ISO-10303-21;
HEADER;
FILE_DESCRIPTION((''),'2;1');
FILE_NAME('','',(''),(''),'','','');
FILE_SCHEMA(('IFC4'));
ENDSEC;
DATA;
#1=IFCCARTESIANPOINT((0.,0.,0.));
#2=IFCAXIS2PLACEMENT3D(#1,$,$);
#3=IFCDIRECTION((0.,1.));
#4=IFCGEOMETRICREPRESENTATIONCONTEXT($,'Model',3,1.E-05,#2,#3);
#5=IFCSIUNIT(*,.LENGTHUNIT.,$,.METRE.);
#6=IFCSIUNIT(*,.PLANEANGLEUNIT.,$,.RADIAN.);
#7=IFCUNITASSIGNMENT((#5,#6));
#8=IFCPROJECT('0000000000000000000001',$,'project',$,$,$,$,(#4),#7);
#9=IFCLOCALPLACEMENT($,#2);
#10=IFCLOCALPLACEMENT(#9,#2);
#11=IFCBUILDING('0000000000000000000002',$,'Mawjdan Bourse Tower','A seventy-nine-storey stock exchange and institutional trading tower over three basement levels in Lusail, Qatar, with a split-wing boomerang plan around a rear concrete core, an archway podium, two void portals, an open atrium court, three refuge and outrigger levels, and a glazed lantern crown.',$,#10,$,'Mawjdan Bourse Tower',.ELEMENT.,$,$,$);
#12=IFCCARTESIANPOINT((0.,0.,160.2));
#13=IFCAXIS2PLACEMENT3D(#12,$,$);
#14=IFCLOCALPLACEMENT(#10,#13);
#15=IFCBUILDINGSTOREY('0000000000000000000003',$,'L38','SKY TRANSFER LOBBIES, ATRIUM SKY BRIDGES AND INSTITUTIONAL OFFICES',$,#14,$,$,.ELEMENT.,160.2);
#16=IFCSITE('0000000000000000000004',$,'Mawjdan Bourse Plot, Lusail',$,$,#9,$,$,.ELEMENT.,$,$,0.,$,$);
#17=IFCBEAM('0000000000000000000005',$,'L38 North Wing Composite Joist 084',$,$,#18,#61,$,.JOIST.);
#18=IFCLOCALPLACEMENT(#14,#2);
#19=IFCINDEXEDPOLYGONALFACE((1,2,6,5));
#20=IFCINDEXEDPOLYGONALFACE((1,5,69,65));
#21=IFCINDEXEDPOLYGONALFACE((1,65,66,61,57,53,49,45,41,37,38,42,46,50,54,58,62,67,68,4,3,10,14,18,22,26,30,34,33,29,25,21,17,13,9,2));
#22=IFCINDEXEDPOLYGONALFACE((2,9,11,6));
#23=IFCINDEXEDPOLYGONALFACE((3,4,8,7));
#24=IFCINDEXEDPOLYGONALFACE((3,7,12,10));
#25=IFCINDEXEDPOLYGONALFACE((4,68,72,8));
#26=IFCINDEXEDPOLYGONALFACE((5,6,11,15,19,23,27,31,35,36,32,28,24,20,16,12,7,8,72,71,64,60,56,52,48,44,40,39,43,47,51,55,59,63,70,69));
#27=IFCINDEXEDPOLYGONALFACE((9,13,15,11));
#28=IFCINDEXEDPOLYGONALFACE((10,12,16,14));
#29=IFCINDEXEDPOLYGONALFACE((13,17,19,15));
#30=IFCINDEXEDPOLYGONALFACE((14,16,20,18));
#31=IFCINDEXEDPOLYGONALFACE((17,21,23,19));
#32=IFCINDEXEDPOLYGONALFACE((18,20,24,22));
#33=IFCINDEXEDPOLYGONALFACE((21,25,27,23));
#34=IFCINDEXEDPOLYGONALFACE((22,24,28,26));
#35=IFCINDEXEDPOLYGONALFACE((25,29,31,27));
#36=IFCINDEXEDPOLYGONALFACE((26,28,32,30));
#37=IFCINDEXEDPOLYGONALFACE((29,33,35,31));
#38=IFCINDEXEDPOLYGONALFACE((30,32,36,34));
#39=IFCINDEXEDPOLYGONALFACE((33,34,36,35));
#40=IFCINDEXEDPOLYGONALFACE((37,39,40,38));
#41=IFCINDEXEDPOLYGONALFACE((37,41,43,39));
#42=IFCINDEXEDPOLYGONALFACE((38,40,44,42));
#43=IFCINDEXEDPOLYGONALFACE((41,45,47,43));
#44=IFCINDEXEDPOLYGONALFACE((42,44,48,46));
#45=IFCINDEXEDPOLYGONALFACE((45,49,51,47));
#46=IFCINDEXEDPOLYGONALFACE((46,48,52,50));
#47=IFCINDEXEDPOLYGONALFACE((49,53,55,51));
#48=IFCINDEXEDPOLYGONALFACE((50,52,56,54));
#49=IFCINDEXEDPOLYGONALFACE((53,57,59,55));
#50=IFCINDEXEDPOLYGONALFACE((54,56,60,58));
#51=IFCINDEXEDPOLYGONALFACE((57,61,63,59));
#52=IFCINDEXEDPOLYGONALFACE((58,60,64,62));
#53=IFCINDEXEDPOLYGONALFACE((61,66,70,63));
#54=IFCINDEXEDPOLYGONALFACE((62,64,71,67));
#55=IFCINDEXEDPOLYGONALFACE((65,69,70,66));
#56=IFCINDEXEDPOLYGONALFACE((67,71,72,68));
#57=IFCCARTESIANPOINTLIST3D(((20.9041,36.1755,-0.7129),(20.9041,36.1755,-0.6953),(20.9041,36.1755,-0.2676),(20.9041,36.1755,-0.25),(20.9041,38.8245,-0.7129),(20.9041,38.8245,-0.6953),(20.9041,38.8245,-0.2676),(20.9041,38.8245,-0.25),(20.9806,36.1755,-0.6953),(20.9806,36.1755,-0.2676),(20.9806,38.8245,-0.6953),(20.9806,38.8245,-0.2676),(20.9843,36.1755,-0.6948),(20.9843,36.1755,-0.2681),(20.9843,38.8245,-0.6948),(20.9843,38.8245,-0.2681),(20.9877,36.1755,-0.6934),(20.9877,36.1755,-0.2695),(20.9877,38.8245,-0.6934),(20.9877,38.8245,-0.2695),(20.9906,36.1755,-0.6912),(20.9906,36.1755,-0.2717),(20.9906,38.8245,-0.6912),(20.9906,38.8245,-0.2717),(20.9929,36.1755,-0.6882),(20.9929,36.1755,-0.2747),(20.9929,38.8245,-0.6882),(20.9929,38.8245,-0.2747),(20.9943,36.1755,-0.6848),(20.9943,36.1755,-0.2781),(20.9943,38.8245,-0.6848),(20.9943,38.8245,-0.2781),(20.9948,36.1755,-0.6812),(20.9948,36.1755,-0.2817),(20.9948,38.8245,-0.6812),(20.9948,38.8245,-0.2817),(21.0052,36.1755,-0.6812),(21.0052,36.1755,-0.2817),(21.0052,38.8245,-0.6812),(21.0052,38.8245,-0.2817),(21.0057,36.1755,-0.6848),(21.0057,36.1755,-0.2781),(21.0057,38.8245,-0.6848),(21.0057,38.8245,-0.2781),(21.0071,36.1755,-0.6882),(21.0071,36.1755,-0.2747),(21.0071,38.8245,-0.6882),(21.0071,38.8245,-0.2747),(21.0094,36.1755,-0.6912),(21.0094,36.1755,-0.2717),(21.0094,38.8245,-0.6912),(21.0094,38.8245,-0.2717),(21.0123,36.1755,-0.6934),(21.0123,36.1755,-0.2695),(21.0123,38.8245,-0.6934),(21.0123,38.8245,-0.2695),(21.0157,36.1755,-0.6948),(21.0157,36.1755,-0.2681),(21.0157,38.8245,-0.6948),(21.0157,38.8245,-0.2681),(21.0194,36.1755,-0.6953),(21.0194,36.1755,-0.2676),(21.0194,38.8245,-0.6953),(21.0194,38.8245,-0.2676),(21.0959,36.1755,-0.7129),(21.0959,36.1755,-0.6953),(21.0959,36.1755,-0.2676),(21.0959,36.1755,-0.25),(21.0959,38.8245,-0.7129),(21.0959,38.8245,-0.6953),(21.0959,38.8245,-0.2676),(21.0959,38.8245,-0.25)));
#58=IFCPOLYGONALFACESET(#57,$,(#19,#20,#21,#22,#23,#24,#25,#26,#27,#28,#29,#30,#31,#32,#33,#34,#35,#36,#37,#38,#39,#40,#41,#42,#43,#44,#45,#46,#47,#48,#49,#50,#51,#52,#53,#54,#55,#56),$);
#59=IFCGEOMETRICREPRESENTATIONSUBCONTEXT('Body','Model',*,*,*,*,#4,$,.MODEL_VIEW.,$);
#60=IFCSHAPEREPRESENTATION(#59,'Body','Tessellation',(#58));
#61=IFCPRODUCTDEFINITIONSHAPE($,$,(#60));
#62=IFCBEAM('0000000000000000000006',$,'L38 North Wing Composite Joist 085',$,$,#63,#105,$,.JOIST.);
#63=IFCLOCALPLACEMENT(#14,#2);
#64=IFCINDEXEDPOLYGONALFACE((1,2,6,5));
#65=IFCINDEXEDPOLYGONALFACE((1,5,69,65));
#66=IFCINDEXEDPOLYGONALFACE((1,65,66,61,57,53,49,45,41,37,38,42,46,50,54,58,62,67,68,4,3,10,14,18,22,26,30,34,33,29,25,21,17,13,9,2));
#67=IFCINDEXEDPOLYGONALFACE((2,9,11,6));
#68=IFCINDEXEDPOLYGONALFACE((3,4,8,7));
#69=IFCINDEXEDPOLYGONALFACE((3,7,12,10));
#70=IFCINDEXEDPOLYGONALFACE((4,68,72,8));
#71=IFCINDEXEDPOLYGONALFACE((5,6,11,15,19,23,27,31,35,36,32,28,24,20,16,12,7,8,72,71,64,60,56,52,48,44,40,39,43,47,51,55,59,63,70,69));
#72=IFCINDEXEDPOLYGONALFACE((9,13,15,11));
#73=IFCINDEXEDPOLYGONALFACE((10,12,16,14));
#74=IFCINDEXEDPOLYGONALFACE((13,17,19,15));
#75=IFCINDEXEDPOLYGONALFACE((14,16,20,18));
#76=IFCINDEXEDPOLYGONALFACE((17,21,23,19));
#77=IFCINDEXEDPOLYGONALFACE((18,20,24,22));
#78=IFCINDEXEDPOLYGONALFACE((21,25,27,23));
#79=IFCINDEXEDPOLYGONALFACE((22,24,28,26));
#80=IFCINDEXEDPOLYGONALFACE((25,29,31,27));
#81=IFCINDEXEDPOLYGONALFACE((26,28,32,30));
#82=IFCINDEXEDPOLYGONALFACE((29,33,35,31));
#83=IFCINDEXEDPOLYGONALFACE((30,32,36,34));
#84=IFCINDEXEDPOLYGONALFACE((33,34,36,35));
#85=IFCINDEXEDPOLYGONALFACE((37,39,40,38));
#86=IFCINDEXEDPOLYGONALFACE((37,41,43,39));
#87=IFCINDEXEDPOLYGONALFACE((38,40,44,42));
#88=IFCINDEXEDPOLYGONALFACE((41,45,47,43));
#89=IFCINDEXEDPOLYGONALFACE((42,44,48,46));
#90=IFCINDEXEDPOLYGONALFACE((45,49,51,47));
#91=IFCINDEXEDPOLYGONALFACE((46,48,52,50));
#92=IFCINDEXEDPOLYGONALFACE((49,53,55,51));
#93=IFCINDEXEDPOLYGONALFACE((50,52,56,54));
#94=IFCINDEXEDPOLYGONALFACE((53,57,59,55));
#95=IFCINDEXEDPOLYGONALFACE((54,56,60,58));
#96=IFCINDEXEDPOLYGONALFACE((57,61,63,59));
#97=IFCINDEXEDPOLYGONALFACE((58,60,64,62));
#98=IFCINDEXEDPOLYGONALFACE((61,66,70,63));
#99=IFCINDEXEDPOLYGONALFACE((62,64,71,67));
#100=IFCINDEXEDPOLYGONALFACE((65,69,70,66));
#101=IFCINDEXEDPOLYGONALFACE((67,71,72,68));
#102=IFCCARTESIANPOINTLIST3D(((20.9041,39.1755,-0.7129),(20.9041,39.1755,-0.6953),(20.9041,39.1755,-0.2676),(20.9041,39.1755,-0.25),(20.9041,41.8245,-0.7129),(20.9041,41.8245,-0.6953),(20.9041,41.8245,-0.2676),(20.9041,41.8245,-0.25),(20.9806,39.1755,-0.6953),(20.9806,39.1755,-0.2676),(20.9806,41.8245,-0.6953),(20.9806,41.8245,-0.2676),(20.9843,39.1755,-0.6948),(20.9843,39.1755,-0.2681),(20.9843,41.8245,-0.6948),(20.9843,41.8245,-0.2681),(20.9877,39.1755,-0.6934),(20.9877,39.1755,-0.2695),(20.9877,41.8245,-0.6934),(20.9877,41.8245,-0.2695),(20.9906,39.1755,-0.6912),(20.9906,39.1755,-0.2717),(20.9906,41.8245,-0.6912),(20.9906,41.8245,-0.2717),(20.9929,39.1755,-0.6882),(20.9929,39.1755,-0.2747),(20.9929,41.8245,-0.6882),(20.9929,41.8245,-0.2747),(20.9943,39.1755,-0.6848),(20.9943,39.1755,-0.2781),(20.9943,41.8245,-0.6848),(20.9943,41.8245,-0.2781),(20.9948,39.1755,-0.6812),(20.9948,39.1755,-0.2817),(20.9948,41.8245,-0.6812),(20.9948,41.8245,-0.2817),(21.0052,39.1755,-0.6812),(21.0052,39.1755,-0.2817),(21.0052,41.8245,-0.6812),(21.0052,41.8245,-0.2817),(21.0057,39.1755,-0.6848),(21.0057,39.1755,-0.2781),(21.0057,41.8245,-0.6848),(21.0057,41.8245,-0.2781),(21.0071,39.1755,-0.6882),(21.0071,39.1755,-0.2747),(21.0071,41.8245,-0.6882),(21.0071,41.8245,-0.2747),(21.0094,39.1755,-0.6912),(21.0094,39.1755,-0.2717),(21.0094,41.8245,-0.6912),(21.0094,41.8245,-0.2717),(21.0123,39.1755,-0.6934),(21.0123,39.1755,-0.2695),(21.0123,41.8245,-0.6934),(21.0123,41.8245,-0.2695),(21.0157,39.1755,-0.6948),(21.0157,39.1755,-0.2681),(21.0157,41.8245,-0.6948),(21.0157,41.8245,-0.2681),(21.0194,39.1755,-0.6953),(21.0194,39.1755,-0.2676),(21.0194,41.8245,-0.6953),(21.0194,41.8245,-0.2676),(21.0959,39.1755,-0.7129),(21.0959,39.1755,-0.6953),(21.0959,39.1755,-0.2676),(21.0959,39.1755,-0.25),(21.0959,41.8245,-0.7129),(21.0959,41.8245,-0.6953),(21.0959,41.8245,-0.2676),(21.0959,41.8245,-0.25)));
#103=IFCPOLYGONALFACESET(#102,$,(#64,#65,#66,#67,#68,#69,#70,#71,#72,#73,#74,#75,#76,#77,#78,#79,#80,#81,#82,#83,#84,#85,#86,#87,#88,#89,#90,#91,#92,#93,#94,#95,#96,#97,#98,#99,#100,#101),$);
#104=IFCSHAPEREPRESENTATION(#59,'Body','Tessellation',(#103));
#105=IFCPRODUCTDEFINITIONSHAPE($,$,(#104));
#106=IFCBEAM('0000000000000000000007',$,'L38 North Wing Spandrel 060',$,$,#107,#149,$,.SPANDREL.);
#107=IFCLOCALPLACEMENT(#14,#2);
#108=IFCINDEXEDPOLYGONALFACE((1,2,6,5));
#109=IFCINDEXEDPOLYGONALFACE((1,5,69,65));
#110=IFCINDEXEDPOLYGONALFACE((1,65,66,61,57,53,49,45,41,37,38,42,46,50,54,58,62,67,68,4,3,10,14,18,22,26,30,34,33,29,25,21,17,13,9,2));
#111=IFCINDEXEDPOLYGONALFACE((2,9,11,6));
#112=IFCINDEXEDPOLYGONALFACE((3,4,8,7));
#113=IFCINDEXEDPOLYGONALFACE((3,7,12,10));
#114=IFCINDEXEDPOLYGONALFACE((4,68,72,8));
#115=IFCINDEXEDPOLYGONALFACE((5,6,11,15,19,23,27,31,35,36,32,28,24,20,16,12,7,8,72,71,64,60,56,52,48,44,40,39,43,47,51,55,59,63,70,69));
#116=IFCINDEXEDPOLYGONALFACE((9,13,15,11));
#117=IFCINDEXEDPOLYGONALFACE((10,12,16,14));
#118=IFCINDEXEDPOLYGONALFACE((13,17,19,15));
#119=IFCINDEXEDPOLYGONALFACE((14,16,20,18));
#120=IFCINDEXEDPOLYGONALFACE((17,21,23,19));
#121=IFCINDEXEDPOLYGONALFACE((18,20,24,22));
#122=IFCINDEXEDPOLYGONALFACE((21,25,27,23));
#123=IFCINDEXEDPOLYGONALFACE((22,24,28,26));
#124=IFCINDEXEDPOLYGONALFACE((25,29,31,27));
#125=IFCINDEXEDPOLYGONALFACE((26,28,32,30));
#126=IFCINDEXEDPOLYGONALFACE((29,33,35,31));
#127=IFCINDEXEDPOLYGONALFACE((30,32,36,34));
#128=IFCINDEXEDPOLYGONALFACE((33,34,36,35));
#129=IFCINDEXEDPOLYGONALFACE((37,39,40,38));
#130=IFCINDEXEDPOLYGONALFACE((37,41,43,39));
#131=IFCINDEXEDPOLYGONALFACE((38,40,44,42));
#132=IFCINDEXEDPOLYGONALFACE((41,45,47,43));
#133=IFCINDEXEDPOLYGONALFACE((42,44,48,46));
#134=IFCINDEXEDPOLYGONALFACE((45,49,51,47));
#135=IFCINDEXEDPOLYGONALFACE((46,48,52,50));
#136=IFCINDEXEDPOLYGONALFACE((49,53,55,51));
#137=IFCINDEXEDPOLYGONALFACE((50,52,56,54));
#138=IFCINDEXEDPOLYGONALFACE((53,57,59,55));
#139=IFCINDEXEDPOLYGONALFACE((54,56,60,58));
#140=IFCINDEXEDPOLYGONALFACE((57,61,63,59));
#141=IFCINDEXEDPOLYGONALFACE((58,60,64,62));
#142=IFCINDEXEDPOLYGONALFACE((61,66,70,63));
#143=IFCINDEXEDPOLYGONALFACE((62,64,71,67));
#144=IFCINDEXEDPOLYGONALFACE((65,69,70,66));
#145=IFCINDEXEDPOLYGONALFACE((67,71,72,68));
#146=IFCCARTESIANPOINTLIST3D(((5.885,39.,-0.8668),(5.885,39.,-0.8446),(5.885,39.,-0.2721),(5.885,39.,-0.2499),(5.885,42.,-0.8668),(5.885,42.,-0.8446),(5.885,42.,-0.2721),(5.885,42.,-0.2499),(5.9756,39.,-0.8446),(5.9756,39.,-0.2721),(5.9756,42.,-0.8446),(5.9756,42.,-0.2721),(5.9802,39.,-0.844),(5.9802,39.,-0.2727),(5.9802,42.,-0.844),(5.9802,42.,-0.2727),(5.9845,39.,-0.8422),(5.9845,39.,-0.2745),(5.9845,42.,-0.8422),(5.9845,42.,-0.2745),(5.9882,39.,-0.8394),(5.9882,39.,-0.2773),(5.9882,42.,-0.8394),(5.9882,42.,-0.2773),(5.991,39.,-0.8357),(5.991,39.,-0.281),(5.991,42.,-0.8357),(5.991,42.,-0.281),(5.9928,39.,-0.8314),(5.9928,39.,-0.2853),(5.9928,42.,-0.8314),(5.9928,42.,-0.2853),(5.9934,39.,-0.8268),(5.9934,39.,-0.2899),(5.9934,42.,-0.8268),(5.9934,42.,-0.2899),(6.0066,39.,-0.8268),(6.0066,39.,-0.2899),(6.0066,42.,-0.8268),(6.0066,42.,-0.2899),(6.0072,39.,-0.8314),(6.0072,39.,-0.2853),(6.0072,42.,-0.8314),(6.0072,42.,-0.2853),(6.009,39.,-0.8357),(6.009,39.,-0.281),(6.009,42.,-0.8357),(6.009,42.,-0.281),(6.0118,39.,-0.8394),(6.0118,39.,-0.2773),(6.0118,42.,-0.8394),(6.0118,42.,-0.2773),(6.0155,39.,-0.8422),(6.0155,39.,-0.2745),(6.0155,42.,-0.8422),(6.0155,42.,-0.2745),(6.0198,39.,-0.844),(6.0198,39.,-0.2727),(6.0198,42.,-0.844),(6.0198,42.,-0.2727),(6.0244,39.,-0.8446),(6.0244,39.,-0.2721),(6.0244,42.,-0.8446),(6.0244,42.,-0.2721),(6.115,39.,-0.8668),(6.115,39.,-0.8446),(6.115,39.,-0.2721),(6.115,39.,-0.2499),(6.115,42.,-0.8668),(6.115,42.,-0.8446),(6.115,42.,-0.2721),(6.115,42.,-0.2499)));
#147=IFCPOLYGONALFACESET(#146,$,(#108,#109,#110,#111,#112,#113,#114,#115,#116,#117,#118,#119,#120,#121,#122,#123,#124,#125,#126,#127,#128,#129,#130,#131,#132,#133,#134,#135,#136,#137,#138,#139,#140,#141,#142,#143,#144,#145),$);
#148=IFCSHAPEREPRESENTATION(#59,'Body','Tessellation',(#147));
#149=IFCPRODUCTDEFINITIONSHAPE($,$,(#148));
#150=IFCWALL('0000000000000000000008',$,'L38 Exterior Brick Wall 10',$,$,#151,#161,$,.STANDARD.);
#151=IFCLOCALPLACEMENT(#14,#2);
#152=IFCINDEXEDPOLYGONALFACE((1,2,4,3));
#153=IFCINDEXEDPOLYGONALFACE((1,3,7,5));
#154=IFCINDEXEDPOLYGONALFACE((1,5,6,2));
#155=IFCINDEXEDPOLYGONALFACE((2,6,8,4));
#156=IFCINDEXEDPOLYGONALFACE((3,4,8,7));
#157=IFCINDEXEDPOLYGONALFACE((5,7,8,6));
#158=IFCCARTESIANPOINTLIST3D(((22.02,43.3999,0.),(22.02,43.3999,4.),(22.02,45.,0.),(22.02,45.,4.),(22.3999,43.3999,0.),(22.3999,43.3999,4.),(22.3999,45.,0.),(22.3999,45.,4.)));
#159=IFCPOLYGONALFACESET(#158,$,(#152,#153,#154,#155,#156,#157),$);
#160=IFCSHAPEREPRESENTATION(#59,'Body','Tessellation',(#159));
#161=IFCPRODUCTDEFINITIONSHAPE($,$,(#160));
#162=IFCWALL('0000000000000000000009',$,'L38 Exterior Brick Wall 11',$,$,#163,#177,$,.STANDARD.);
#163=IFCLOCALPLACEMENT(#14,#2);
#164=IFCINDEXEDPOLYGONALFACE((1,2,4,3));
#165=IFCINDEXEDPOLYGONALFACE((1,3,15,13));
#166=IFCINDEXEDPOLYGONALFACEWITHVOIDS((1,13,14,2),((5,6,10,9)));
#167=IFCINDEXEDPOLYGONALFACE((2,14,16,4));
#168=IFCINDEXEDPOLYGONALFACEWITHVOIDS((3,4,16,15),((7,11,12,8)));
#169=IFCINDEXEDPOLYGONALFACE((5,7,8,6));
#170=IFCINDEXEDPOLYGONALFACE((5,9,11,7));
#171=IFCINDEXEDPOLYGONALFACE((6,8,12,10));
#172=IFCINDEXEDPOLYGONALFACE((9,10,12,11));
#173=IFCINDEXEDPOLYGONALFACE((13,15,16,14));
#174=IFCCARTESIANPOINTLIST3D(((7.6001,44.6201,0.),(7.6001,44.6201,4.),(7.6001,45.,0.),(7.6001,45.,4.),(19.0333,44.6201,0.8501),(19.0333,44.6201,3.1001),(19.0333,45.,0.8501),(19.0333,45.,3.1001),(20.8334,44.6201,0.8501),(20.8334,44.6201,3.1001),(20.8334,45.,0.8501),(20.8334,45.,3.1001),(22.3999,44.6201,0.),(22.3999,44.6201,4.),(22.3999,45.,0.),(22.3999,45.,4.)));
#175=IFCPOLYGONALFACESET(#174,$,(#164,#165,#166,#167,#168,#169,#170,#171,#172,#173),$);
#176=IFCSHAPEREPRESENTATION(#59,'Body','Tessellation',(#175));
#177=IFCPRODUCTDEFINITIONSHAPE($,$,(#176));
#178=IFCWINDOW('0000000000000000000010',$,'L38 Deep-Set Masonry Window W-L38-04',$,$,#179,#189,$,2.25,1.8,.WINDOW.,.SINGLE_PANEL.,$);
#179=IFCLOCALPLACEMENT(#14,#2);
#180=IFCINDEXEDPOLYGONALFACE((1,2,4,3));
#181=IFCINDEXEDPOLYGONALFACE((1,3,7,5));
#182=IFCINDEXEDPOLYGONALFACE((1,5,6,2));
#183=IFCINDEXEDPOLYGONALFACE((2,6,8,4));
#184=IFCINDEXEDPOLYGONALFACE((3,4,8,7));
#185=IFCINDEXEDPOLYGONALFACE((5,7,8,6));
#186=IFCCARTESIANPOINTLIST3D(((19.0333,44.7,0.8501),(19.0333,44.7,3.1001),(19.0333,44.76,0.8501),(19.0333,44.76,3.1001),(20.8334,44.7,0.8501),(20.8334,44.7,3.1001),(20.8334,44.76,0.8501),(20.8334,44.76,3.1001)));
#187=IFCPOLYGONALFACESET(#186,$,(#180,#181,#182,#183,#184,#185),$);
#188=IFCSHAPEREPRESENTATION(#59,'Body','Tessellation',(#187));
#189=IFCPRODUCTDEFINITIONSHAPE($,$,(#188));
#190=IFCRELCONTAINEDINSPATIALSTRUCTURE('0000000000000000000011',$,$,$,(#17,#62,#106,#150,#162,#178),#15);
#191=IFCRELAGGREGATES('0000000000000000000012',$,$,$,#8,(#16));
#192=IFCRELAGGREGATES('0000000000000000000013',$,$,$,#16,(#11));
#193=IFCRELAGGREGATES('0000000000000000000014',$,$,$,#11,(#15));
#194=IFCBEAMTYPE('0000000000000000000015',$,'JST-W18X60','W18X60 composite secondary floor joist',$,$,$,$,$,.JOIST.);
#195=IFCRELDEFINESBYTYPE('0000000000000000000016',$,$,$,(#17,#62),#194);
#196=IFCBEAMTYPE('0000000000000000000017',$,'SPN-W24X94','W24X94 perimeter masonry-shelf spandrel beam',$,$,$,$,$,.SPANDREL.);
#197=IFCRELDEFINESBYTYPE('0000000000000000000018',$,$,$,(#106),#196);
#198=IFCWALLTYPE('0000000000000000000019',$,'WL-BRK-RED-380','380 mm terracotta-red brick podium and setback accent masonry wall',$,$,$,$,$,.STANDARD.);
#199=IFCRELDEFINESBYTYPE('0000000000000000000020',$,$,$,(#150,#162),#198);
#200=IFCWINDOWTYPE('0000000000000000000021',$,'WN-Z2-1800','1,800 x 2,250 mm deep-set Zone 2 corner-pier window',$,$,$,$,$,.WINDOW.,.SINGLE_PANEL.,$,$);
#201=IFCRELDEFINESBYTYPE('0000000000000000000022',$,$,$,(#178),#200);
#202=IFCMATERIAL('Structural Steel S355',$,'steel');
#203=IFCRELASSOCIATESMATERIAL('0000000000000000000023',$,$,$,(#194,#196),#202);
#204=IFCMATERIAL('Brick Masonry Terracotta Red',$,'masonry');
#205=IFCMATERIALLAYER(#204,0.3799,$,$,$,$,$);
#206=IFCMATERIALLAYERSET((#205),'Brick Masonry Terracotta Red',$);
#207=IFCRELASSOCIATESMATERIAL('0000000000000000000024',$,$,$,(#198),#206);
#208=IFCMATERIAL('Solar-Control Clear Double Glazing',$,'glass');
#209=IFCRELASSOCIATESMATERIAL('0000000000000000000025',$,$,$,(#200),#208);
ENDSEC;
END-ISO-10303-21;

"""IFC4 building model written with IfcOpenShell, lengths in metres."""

from ifc_helpers import new_model, si_unit, direction, frame, frame_2d, origin, origin_2d, place, context, subcontext, project, spatial, rectangle, i_section, extrude, material, layer, layer_set, material_profile, profile_set, type_object, element, fill, save


model = new_model("IFC4")

# Units and contexts
model_context = context("Model", 3, precision=1e-05, world=origin(), true_north=direction((0.0, 1.0)))
body_context = subcontext(model_context, "Body", "Model", "MODEL_VIEW")
ifc_project = project(units=[si_unit("LENGTHUNIT", "METRE"), si_unit("PLANEANGLEUNIT", "RADIAN")], contexts=[model_context])

# Site, building, storey
site_placement = place(None, origin())
site = spatial("IfcSite", under=ifc_project, at=site_placement, Name="Mawjdan Bourse Plot, Lusail", CompositionType="ELEMENT", RefElevation=0.0)
building_placement = place(site_placement, origin())
building = spatial("IfcBuilding", under=site, at=building_placement, Name="Mawjdan Bourse Tower", Description="A seventy-nine-storey stock exchange and institutional trading tower over three basement levels in Lusail, Qatar, with a split-wing boomerang plan around a rear concrete core, an archway podium, two void portals, an open atrium court, three refuge and outrigger levels, and a glazed lantern crown.", LongName="Mawjdan Bourse Tower", CompositionType="ELEMENT")
storey_placement = place(building_placement, frame((0.0, 0.0, 160.2)))
storey = spatial("IfcBuildingStorey", under=building, at=storey_placement, Name="L38", Description="SKY TRANSFER LOBBIES, ATRIUM SKY BRIDGES AND INSTITUTIONAL OFFICES", CompositionType="ELEMENT", Elevation=160.2)

# Beams
ifc_material_1 = material(Name="Structural Steel S355", Category="steel")
ifc_material_profile_1 = material_profile(ifc_material_1, i_section(OverallWidth=0.1919, OverallDepth=0.4629, WebThickness=0.0105, FlangeThickness=0.0176, FilletRadius=0.0142, at=origin_2d()), Name="W18X60")
ifc_profile_set_1 = profile_set([ifc_material_profile_1], Name="Structural Steel S355")
beam_type_1 = type_object("IfcBeamType", Name="JST-W18X60", Description="W18X60 composite secondary floor joist", PredefinedType="JOIST", material=ifc_profile_set_1)
for number, where, z_axis, x_axis, name in (
    (1, (21.0, 36.1755, -0.4814), (0.0, 1.0, 0.0), (-1.0, 0.0, 0.0), "L38 North Wing Composite Joist 084"),
    (2, (21.0, 39.1755, -0.4814), (0.0, 1.0, 0.0), (-1.0, 0.0, 0.0), "L38 North Wing Composite Joist 085"),
):
    element("IfcBeam", number, at=place(storey_placement, frame(where, z_axis=z_axis, x_axis=x_axis)), inside=storey, type_object=beam_type_1, Name=name, PredefinedType="JOIST", context=body_context, shape_type="SweptSolid", body=[
        extrude(i_section(OverallWidth=0.1919, OverallDepth=0.4629, WebThickness=0.0105, FlangeThickness=0.0176, FilletRadius=0.0142, at=origin_2d()), origin(), (0.0, 0.0, 1.0), 2.6489),
    ])
ifc_material_profile_2 = material_profile(ifc_material_1, i_section(OverallWidth=0.23, OverallDepth=0.6169, WebThickness=0.0132, FlangeThickness=0.0222, FilletRadius=0.0178, at=origin_2d()), Name="W24X94")
ifc_profile_set_2 = profile_set([ifc_material_profile_2], Name="Structural Steel S355")
beam_type_2 = type_object("IfcBeamType", Name="SPN-W24X94", Description="W24X94 perimeter masonry-shelf spandrel beam", PredefinedType="SPANDREL", material=ifc_profile_set_2)
beam_placement = place(storey_placement, frame((6.0, 39.0, -0.5583), z_axis=(0.0, 1.0, 0.0), x_axis=(-1.0, 0.0, 0.0)))
element("IfcBeam", 3, at=beam_placement, inside=storey, type_object=beam_type_2, Name="L38 North Wing Spandrel 060", PredefinedType="SPANDREL", context=body_context, shape_type="SweptSolid", body=[
    extrude(i_section(OverallWidth=0.23, OverallDepth=0.6169, WebThickness=0.0132, FlangeThickness=0.0222, FilletRadius=0.0178, at=origin_2d()), origin(), (0.0, 0.0, 1.0), 3.0),
])

# Wall
ifc_material_2 = material(Name="Brick Masonry Terracotta Red", Category="masonry")
ifc_layer_1 = layer(ifc_material_2, 0.3799)
ifc_layer_set_1 = layer_set([ifc_layer_1], Name="Brick Masonry Terracotta Red")
wall_type_1 = type_object("IfcWallType", Name="WL-BRK-RED-380", Description="380 mm terracotta-red brick podium and setback accent masonry wall", PredefinedType="STANDARD", material=ifc_layer_set_1)
wall_1_placement = place(storey_placement, frame((22.21, 43.3999, 0.0), z_axis=(0.0, 0.0, 1.0), x_axis=(0.0, 1.0, 0.0)))
element("IfcWall", 4, at=wall_1_placement, inside=storey, type_object=wall_type_1, Name="L38 Exterior Brick Wall 10", PredefinedType="STANDARD", context=body_context, shape_type="SweptSolid", body=[
    extrude(rectangle(XDim=1.6001, YDim=0.3799, at=frame_2d((0.8, 0.0))), origin(), (0.0, 0.0, 1.0), 4.0),
])

# Wall, opening, window
wall_2_placement = place(storey_placement, frame((22.3999, 44.8101, 0.0), z_axis=(0.0, 0.0, 1.0), x_axis=(-1.0, 0.0, 0.0)))
wall_2 = element("IfcWall", 5, at=wall_2_placement, inside=storey, type_object=wall_type_1, Name="L38 Exterior Brick Wall 11", PredefinedType="STANDARD", context=body_context, shape_type="SweptSolid", body=[
    extrude(rectangle(XDim=14.7998, YDim=0.3799, at=frame_2d((7.3999, 0.0))), origin(), (0.0, 0.0, 1.0), 4.0),
])
opening_1_placement = place(wall_2_placement, frame((1.5667, 0.0, 0.8501)))
opening_1 = element("IfcOpeningElement", 6, at=opening_1_placement, cuts=wall_2, PredefinedType="OPENING", context=body_context, shape_type="SweptSolid", body=[
    extrude(rectangle(XDim=1.8, YDim=2.25, at=frame_2d((0.8999, 1.125))), frame((0.0, 0.2, 0.0), z_axis=(0.0, -1.0, 0.0), x_axis=(1.0, 0.0, 0.0)), (0.0, 0.0, 1.0), 0.3999),
])
ifc_material_3 = material(Name="Solar-Control Clear Double Glazing", Category="glass")
window_type_1 = type_object("IfcWindowType", Name="WN-Z2-1800", Description="1,800 x 2,250 mm deep-set Zone 2 corner-pier window", PartitioningType="SINGLE_PANEL", PredefinedType="WINDOW", material=ifc_material_3)
window_1_placement = place(opening_1_placement, origin())
window_1 = element("IfcWindow", 7, at=window_1_placement, inside=storey, type_object=window_type_1, Name="L38 Deep-Set Masonry Window W-L38-04", OverallHeight=2.25, OverallWidth=1.8, PartitioningType="SINGLE_PANEL", PredefinedType="WINDOW", context=body_context, shape_type="SweptSolid", body=[
    extrude(rectangle(XDim=1.8, YDim=2.25, at=frame_2d((0.8999, 1.125))), frame((0.0, 0.1101, 0.0), z_axis=(0.0, -1.0, 0.0), x_axis=(1.0, 0.0, 0.0)), (0.0, 0.0, 1.0), 0.0601),
])
fill(opening_1, window_1)

save(model, "model.ifc")
